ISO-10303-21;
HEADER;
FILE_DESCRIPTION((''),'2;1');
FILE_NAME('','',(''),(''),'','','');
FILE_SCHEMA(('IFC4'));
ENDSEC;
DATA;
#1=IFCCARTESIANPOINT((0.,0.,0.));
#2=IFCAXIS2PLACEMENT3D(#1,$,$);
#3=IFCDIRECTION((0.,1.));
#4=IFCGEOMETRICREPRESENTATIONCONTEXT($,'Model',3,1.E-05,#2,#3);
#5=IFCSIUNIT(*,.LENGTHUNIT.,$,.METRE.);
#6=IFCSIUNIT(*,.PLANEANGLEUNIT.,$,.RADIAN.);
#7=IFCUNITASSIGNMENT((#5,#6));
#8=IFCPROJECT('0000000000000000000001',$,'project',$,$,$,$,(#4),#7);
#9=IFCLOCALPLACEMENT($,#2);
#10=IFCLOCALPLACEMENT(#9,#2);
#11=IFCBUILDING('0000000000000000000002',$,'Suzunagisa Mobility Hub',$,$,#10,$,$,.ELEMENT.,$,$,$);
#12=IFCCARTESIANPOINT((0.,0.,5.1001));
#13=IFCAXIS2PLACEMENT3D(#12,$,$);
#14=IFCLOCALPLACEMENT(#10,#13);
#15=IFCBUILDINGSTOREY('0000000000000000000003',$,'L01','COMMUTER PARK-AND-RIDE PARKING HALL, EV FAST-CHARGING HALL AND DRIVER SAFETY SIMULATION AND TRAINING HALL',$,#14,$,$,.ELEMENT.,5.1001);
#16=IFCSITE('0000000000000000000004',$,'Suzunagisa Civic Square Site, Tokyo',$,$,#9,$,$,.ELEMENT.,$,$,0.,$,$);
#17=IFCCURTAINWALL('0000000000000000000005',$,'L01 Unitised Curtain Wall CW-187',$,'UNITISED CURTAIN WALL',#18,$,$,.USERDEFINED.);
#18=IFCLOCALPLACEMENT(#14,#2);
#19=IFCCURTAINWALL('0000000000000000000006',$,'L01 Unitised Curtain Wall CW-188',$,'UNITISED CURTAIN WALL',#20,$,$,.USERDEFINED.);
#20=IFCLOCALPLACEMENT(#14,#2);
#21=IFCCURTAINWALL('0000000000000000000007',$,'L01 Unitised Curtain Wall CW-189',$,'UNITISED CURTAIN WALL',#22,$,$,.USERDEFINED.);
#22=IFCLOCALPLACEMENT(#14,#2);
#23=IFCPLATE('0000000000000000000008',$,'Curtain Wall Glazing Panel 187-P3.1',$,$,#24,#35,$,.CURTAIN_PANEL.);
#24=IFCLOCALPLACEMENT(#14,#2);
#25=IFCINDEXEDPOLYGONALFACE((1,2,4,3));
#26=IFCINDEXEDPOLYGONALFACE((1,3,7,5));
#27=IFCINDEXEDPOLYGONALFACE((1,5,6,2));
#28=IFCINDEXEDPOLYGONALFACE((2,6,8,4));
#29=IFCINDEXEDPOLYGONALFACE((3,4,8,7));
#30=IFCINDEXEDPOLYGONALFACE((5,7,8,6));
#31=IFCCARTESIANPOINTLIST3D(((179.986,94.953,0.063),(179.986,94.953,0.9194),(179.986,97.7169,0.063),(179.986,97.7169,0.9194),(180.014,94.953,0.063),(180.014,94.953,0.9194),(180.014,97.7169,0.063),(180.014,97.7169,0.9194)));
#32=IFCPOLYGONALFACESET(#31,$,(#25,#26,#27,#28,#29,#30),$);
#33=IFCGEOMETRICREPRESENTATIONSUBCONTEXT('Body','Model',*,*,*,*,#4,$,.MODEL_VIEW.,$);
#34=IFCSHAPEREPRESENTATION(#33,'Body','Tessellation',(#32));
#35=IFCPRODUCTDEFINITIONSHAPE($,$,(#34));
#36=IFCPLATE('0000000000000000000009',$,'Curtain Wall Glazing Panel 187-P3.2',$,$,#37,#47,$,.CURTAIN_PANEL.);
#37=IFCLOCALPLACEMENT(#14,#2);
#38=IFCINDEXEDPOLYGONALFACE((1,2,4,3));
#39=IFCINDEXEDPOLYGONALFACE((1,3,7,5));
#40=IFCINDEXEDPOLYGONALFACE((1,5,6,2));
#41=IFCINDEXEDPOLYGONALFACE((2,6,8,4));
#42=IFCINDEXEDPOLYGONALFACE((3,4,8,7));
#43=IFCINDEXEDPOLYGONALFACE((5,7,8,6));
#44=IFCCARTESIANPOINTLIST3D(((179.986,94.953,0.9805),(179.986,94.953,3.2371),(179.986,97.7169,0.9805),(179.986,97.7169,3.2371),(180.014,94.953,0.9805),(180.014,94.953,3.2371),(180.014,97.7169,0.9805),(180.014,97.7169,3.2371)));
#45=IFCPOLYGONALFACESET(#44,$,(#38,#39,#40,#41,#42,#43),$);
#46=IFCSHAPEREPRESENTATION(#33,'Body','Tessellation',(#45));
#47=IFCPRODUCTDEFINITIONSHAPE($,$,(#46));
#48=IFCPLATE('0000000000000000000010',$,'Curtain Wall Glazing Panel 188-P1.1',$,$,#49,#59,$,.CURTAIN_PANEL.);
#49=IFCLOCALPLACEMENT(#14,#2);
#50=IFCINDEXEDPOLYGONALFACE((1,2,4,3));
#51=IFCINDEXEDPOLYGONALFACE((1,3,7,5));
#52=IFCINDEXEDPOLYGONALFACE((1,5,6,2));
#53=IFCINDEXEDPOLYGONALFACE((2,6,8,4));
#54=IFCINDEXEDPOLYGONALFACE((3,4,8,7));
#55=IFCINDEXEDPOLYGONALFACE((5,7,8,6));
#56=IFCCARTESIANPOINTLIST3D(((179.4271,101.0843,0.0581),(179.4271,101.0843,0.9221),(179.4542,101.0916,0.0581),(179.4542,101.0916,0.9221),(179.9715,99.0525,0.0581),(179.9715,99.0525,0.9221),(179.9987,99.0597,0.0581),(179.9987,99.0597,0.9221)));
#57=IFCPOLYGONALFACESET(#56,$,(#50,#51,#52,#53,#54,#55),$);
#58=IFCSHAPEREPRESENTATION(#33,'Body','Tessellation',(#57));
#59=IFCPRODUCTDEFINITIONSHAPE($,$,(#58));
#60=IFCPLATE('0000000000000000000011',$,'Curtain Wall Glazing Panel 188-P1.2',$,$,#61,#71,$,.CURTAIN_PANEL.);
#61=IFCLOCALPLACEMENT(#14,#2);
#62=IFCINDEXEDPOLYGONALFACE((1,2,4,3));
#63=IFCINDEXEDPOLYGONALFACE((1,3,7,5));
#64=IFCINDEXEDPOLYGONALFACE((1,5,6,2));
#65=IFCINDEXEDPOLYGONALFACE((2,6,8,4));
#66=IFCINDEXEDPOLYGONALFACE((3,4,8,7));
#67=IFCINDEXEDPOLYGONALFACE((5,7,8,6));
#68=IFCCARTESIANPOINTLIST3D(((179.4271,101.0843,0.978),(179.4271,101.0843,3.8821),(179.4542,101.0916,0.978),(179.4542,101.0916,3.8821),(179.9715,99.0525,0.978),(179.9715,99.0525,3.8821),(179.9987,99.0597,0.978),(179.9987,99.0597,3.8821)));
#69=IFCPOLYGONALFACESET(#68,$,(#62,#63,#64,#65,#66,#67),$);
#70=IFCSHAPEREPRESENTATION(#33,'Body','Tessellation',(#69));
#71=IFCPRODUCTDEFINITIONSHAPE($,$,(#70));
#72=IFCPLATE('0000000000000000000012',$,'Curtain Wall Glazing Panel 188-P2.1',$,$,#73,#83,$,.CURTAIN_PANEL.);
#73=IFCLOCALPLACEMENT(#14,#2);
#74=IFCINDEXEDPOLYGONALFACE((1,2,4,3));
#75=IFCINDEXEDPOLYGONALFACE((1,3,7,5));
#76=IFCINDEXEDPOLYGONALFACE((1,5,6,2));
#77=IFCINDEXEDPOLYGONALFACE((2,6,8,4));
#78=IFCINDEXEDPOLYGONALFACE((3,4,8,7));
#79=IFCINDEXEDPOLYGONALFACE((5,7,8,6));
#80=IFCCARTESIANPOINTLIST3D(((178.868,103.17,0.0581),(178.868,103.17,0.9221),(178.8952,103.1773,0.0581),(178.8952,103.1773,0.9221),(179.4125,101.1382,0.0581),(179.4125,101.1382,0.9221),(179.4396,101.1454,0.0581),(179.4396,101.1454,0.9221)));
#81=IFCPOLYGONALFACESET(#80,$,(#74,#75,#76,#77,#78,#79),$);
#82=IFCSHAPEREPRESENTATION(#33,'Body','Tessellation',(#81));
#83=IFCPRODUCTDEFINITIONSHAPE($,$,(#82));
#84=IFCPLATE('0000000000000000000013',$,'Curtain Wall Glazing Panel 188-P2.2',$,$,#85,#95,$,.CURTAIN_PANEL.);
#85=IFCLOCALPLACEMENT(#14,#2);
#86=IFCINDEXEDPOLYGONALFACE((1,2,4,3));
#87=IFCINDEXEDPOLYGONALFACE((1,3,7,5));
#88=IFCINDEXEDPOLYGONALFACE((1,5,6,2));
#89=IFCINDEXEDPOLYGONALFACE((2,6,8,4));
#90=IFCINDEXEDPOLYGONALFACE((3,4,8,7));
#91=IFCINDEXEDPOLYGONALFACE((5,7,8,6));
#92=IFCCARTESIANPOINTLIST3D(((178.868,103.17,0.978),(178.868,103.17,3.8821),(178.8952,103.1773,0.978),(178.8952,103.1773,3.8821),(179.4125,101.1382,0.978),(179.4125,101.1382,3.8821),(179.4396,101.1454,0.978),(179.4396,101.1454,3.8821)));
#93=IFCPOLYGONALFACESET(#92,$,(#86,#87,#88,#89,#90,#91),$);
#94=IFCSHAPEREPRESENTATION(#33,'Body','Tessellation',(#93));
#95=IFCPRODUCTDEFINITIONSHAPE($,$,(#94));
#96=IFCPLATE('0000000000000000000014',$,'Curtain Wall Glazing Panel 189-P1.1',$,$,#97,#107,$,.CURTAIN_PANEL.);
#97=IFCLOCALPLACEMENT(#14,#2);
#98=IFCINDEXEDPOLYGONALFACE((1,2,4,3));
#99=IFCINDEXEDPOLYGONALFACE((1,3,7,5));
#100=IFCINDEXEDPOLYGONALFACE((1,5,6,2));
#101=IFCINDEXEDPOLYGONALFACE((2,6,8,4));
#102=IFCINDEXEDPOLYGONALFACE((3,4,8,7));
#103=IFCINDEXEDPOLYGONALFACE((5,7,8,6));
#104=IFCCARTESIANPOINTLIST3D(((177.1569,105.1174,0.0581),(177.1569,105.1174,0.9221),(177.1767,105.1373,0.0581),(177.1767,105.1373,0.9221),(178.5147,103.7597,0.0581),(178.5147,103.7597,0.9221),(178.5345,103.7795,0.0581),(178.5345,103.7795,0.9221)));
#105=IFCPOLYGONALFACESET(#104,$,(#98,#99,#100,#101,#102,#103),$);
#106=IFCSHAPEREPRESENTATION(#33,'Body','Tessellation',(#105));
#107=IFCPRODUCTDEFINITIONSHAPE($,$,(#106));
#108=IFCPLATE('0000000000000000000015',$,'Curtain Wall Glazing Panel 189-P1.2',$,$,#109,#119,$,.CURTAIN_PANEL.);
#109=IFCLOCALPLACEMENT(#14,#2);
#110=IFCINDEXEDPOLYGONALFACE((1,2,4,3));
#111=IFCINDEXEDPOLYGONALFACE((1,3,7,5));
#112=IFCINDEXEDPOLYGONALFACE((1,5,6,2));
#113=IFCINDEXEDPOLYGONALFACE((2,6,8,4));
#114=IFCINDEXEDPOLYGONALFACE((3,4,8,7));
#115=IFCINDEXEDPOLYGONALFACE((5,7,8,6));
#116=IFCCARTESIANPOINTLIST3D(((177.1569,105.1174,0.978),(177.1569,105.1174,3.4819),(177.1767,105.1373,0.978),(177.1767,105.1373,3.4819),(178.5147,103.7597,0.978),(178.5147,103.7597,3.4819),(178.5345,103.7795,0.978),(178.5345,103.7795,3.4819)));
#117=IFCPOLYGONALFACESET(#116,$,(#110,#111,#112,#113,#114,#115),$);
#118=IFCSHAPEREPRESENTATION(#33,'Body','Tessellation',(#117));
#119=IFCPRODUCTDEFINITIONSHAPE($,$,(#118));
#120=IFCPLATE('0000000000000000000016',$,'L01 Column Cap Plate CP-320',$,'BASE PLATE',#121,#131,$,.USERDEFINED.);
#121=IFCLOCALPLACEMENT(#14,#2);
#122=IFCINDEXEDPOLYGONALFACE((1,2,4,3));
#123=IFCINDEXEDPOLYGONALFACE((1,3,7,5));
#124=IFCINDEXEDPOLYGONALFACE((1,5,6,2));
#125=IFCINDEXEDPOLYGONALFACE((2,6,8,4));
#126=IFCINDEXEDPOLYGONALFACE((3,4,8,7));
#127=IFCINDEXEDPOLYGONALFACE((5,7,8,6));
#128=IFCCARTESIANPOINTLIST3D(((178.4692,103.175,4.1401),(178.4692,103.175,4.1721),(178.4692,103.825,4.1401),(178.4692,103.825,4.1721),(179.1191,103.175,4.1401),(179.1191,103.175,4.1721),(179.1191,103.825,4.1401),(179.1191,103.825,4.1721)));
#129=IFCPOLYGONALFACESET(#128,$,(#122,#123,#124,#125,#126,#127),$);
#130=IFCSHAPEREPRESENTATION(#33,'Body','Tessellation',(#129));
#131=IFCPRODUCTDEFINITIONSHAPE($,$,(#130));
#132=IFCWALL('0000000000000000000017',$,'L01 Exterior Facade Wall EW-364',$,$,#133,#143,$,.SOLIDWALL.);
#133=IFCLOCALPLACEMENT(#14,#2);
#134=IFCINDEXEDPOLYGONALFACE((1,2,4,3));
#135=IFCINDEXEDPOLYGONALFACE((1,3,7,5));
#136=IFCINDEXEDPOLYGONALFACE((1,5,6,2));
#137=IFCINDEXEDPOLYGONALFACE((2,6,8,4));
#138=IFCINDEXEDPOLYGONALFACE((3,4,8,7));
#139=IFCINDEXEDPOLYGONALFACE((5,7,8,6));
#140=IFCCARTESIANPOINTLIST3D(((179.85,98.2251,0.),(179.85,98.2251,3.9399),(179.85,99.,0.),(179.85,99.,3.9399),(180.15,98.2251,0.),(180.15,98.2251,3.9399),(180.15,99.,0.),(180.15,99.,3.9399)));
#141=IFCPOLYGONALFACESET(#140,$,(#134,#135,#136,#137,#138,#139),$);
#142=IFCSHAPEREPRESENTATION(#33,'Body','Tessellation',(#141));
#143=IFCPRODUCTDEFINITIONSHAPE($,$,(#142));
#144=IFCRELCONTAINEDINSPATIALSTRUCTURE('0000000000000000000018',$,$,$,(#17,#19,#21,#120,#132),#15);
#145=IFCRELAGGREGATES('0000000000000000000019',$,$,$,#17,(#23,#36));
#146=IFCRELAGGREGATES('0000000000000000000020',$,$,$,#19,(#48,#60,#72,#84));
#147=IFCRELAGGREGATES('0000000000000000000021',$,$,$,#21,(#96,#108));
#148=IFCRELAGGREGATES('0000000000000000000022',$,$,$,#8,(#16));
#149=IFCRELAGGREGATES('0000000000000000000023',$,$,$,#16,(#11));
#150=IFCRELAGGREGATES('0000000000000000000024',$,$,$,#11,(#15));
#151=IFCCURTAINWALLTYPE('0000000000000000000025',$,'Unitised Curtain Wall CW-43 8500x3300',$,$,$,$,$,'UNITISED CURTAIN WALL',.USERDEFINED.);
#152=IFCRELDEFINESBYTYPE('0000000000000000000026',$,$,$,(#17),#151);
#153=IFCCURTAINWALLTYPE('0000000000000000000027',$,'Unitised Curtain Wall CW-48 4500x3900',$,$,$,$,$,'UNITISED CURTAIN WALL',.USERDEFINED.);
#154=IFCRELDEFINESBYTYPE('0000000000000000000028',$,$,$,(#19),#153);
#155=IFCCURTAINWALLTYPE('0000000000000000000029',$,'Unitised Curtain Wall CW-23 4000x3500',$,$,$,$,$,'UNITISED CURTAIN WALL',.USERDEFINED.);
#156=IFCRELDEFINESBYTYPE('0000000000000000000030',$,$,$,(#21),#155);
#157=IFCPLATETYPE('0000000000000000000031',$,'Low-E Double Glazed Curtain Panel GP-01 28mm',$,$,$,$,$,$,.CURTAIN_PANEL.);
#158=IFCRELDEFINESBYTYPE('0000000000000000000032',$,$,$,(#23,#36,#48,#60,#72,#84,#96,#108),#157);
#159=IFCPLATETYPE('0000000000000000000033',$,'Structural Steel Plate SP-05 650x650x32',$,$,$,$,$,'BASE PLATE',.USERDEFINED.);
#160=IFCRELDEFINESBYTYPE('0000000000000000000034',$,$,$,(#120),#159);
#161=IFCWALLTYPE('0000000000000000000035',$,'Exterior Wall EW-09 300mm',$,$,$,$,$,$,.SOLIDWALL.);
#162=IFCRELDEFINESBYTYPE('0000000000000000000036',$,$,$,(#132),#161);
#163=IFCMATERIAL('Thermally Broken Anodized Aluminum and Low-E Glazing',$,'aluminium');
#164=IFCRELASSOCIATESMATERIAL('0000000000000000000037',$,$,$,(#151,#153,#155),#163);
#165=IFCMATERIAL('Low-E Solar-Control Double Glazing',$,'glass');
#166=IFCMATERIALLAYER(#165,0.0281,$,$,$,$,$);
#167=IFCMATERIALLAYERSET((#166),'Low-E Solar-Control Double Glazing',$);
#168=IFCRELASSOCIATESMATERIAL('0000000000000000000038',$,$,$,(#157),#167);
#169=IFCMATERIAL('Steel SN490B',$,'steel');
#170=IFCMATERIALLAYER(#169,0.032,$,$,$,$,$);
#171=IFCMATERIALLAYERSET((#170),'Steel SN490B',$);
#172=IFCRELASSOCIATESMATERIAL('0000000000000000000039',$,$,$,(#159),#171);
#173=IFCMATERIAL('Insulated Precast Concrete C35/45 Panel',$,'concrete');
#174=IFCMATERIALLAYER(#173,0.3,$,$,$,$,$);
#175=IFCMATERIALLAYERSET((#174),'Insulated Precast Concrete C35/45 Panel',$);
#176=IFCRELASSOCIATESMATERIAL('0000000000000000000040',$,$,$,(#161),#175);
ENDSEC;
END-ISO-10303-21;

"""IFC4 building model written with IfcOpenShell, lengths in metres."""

from ifc_helpers import new_model, si_unit, direction, frame, frame_2d, origin, origin_2d, place, context, subcontext, project, spatial, rectangle, extrude, material, layer, layer_set, type_object, element, aggregate, save


model = new_model("IFC4")

# Units and contexts
model_context = context("Model", 3, precision=1e-05, world=origin(), true_north=direction((0.0, 1.0)))
body_context = subcontext(model_context, "Body", "Model", "MODEL_VIEW")
ifc_project = project(units=[si_unit("LENGTHUNIT", "METRE"), si_unit("PLANEANGLEUNIT", "RADIAN")], contexts=[model_context])

# Site, building, storey
site_placement = place(None, origin())
site = spatial("IfcSite", under=ifc_project, at=site_placement, Name="Suzunagisa Civic Square Site, Tokyo", CompositionType="ELEMENT", RefElevation=0.0)
building_placement = place(site_placement, origin())
building = spatial("IfcBuilding", under=site, at=building_placement, Name="Suzunagisa Mobility Hub", CompositionType="ELEMENT")
storey_placement = place(building_placement, frame((0.0, 0.0, 5.1001)))
storey = spatial("IfcBuildingStorey", under=building, at=storey_placement, Name="L01", Description="COMMUTER PARK-AND-RIDE PARKING HALL, EV FAST-CHARGING HALL AND DRIVER SAFETY SIMULATION AND TRAINING HALL", CompositionType="ELEMENT", Elevation=5.1001)

# Shared definitions
ifc_material_1 = material(Name="Steel SN490B", Category="steel")

# Curtain walls
ifc_material_2 = material(Name="Thermally Broken Anodized Aluminum and Low-E Glazing", Category="aluminium")
curtain_wall_type_1 = type_object("IfcCurtainWallType", Name="Unitised Curtain Wall CW-43 8500x3300", ElementType="UNITISED CURTAIN WALL", PredefinedType="USERDEFINED", material=ifc_material_2)
curtain_wall_1_placement = place(storey_placement, origin())
curtain_wall_1 = element("IfcCurtainWall", 1, at=curtain_wall_1_placement, inside=storey, type_object=curtain_wall_type_1, Name="L01 Unitised Curtain Wall CW-187", ObjectType="UNITISED CURTAIN WALL", PredefinedType="USERDEFINED")
curtain_wall_type_2 = type_object("IfcCurtainWallType", Name="Unitised Curtain Wall CW-48 4500x3900", ElementType="UNITISED CURTAIN WALL", PredefinedType="USERDEFINED", material=ifc_material_2)
curtain_wall_2_placement = place(storey_placement, origin())
curtain_wall_2 = element("IfcCurtainWall", 2, at=curtain_wall_2_placement, inside=storey, type_object=curtain_wall_type_2, Name="L01 Unitised Curtain Wall CW-188", ObjectType="UNITISED CURTAIN WALL", PredefinedType="USERDEFINED")
curtain_wall_type_3 = type_object("IfcCurtainWallType", Name="Unitised Curtain Wall CW-23 4000x3500", ElementType="UNITISED CURTAIN WALL", PredefinedType="USERDEFINED", material=ifc_material_2)
curtain_wall_3_placement = place(storey_placement, origin())
curtain_wall_3 = element("IfcCurtainWall", 3, at=curtain_wall_3_placement, inside=storey, type_object=curtain_wall_type_3, Name="L01 Unitised Curtain Wall CW-189", ObjectType="UNITISED CURTAIN WALL", PredefinedType="USERDEFINED")

# Plates
ifc_material_3 = material(Name="Low-E Solar-Control Double Glazing", Category="glass")
ifc_layer_1 = layer(ifc_material_3, 0.0281)
ifc_layer_set_1 = layer_set([ifc_layer_1], Name="Low-E Solar-Control Double Glazing")
plate_type_1 = type_object("IfcPlateType", Name="Low-E Double Glazed Curtain Panel GP-01 28mm", PredefinedType="CURTAIN_PANEL", material=ifc_layer_set_1)
plate_1_placement = place(storey_placement, frame((180.0, 96.335, 0.063), z_axis=(0.0, 0.0, 1.0), x_axis=(0.0, 1.0, 0.0)))
plate_1 = element("IfcPlate", 4, at=plate_1_placement, type_object=plate_type_1, Name="Curtain Wall Glazing Panel 187-P3.1", PredefinedType="CURTAIN_PANEL", context=body_context, shape_type="SweptSolid", body=[
    extrude(rectangle(XDim=2.7639, YDim=0.0281, at=origin_2d()), origin(), (0.0, 0.0, 1.0), 0.8564),
])
plate_2_placement = place(storey_placement, frame((180.0, 96.335, 0.9805), z_axis=(0.0, 0.0, 1.0), x_axis=(0.0, 1.0, 0.0)))
plate_2 = element("IfcPlate", 5, at=plate_2_placement, type_object=plate_type_1, Name="Curtain Wall Glazing Panel 187-P3.2", PredefinedType="CURTAIN_PANEL", context=body_context, shape_type="SweptSolid", body=[
    extrude(rectangle(XDim=2.7639, YDim=0.0281, at=origin_2d()), origin(), (0.0, 0.0, 1.0), 2.2566),
])
aggregate(curtain_wall_1, [plate_1, plate_2])
plate_3_placement = place(storey_placement, frame((179.7129, 100.072, 0.0581), z_axis=(0.0, 0.0, 1.0), x_axis=(-0.258815, 0.965927, 0.0)))
plate_3 = element("IfcPlate", 6, at=plate_3_placement, type_object=plate_type_1, Name="Curtain Wall Glazing Panel 188-P1.1", PredefinedType="CURTAIN_PANEL", context=body_context, shape_type="SweptSolid", body=[
    extrude(rectangle(XDim=2.1035, YDim=0.0281, at=origin_2d()), origin(), (0.0, 0.0, 1.0), 0.864),
])
plate_4_placement = place(storey_placement, frame((179.7129, 100.072, 0.978), z_axis=(0.0, 0.0, 1.0), x_axis=(-0.258815, 0.965927, 0.0)))
plate_4 = element("IfcPlate", 7, at=plate_4_placement, type_object=plate_type_1, Name="Curtain Wall Glazing Panel 188-P1.2", PredefinedType="CURTAIN_PANEL", context=body_context, shape_type="SweptSolid", body=[
    extrude(rectangle(XDim=2.1035, YDim=0.0281, at=origin_2d()), origin(), (0.0, 0.0, 1.0), 2.9041),
])
plate_5_placement = place(storey_placement, frame((179.1538, 102.1577, 0.0581), z_axis=(0.0, 0.0, 1.0), x_axis=(-0.258815, 0.965927, 0.0)))
plate_5 = element("IfcPlate", 8, at=plate_5_placement, type_object=plate_type_1, Name="Curtain Wall Glazing Panel 188-P2.1", PredefinedType="CURTAIN_PANEL", context=body_context, shape_type="SweptSolid", body=[
    extrude(rectangle(XDim=2.1035, YDim=0.0281, at=origin_2d()), origin(), (0.0, 0.0, 1.0), 0.864),
])
plate_6_placement = place(storey_placement, frame((179.1538, 102.1577, 0.978), z_axis=(0.0, 0.0, 1.0), x_axis=(-0.258815, 0.965927, 0.0)))
plate_6 = element("IfcPlate", 9, at=plate_6_placement, type_object=plate_type_1, Name="Curtain Wall Glazing Panel 188-P2.2", PredefinedType="CURTAIN_PANEL", context=body_context, shape_type="SweptSolid", body=[
    extrude(rectangle(XDim=2.1035, YDim=0.0281, at=origin_2d()), origin(), (0.0, 0.0, 1.0), 2.9041),
])
aggregate(curtain_wall_2, [plate_3, plate_4, plate_5, plate_6])
plate_7_placement = place(storey_placement, frame((177.8457, 104.4485, 0.0581), z_axis=(0.0, 0.0, 1.0), x_axis=(-0.707107, 0.707107, 0.0)))
plate_7 = element("IfcPlate", 10, at=plate_7_placement, type_object=plate_type_1, Name="Curtain Wall Glazing Panel 189-P1.1", PredefinedType="CURTAIN_PANEL", context=body_context, shape_type="SweptSolid", body=[
    extrude(rectangle(XDim=1.9202, YDim=0.0281, at=origin_2d()), origin(), (0.0, 0.0, 1.0), 0.864),
])
plate_8_placement = place(storey_placement, frame((177.8457, 104.4485, 0.978), z_axis=(0.0, 0.0, 1.0), x_axis=(-0.707107, 0.707107, 0.0)))
plate_8 = element("IfcPlate", 11, at=plate_8_placement, type_object=plate_type_1, Name="Curtain Wall Glazing Panel 189-P1.2", PredefinedType="CURTAIN_PANEL", context=body_context, shape_type="SweptSolid", body=[
    extrude(rectangle(XDim=1.9202, YDim=0.0281, at=origin_2d()), origin(), (0.0, 0.0, 1.0), 2.5039),
])
aggregate(curtain_wall_3, [plate_7, plate_8])
ifc_layer_2 = layer(ifc_material_1, 0.032)
ifc_layer_set_2 = layer_set([ifc_layer_2], Name="Steel SN490B")
plate_type_2 = type_object("IfcPlateType", Name="Structural Steel Plate SP-05 650x650x32", ElementType="BASE PLATE", PredefinedType="USERDEFINED", material=ifc_layer_set_2)
plate_9_placement = place(storey_placement, frame((178.7942, 103.5, 4.1401), z_axis=(0.0, 0.0, 1.0), x_axis=(1.0, 0.0, 0.0)))
element("IfcPlate", 12, at=plate_9_placement, inside=storey, type_object=plate_type_2, Name="L01 Column Cap Plate CP-320", ObjectType="BASE PLATE", PredefinedType="USERDEFINED", context=body_context, shape_type="SweptSolid", body=[
    extrude(rectangle(XDim=0.6499, YDim=0.6499, at=origin_2d()), origin(), (0.0, 0.0, 1.0), 0.032),
])

# Wall
ifc_material_4 = material(Name="Insulated Precast Concrete C35/45 Panel", Category="concrete")
ifc_layer_3 = layer(ifc_material_4, 0.3)
ifc_layer_set_3 = layer_set([ifc_layer_3], Name="Insulated Precast Concrete C35/45 Panel")
wall_type = type_object("IfcWallType", Name="Exterior Wall EW-09 300mm", PredefinedType="SOLIDWALL", material=ifc_layer_set_3)
wall_placement = place(storey_placement, frame((180.0, 98.2251, 0.0), z_axis=(0.0, 0.0, 1.0), x_axis=(0.0, 1.0, 0.0)))
element("IfcWall", 13, at=wall_placement, inside=storey, type_object=wall_type, Name="L01 Exterior Facade Wall EW-364", PredefinedType="SOLIDWALL", context=body_context, shape_type="SweptSolid", body=[
    extrude(rectangle(XDim=0.7749, YDim=0.3, at=frame_2d((0.3875, 0.0))), origin(), (0.0, 0.0, 1.0), 3.9399),
])

save(model, "model.ifc")
